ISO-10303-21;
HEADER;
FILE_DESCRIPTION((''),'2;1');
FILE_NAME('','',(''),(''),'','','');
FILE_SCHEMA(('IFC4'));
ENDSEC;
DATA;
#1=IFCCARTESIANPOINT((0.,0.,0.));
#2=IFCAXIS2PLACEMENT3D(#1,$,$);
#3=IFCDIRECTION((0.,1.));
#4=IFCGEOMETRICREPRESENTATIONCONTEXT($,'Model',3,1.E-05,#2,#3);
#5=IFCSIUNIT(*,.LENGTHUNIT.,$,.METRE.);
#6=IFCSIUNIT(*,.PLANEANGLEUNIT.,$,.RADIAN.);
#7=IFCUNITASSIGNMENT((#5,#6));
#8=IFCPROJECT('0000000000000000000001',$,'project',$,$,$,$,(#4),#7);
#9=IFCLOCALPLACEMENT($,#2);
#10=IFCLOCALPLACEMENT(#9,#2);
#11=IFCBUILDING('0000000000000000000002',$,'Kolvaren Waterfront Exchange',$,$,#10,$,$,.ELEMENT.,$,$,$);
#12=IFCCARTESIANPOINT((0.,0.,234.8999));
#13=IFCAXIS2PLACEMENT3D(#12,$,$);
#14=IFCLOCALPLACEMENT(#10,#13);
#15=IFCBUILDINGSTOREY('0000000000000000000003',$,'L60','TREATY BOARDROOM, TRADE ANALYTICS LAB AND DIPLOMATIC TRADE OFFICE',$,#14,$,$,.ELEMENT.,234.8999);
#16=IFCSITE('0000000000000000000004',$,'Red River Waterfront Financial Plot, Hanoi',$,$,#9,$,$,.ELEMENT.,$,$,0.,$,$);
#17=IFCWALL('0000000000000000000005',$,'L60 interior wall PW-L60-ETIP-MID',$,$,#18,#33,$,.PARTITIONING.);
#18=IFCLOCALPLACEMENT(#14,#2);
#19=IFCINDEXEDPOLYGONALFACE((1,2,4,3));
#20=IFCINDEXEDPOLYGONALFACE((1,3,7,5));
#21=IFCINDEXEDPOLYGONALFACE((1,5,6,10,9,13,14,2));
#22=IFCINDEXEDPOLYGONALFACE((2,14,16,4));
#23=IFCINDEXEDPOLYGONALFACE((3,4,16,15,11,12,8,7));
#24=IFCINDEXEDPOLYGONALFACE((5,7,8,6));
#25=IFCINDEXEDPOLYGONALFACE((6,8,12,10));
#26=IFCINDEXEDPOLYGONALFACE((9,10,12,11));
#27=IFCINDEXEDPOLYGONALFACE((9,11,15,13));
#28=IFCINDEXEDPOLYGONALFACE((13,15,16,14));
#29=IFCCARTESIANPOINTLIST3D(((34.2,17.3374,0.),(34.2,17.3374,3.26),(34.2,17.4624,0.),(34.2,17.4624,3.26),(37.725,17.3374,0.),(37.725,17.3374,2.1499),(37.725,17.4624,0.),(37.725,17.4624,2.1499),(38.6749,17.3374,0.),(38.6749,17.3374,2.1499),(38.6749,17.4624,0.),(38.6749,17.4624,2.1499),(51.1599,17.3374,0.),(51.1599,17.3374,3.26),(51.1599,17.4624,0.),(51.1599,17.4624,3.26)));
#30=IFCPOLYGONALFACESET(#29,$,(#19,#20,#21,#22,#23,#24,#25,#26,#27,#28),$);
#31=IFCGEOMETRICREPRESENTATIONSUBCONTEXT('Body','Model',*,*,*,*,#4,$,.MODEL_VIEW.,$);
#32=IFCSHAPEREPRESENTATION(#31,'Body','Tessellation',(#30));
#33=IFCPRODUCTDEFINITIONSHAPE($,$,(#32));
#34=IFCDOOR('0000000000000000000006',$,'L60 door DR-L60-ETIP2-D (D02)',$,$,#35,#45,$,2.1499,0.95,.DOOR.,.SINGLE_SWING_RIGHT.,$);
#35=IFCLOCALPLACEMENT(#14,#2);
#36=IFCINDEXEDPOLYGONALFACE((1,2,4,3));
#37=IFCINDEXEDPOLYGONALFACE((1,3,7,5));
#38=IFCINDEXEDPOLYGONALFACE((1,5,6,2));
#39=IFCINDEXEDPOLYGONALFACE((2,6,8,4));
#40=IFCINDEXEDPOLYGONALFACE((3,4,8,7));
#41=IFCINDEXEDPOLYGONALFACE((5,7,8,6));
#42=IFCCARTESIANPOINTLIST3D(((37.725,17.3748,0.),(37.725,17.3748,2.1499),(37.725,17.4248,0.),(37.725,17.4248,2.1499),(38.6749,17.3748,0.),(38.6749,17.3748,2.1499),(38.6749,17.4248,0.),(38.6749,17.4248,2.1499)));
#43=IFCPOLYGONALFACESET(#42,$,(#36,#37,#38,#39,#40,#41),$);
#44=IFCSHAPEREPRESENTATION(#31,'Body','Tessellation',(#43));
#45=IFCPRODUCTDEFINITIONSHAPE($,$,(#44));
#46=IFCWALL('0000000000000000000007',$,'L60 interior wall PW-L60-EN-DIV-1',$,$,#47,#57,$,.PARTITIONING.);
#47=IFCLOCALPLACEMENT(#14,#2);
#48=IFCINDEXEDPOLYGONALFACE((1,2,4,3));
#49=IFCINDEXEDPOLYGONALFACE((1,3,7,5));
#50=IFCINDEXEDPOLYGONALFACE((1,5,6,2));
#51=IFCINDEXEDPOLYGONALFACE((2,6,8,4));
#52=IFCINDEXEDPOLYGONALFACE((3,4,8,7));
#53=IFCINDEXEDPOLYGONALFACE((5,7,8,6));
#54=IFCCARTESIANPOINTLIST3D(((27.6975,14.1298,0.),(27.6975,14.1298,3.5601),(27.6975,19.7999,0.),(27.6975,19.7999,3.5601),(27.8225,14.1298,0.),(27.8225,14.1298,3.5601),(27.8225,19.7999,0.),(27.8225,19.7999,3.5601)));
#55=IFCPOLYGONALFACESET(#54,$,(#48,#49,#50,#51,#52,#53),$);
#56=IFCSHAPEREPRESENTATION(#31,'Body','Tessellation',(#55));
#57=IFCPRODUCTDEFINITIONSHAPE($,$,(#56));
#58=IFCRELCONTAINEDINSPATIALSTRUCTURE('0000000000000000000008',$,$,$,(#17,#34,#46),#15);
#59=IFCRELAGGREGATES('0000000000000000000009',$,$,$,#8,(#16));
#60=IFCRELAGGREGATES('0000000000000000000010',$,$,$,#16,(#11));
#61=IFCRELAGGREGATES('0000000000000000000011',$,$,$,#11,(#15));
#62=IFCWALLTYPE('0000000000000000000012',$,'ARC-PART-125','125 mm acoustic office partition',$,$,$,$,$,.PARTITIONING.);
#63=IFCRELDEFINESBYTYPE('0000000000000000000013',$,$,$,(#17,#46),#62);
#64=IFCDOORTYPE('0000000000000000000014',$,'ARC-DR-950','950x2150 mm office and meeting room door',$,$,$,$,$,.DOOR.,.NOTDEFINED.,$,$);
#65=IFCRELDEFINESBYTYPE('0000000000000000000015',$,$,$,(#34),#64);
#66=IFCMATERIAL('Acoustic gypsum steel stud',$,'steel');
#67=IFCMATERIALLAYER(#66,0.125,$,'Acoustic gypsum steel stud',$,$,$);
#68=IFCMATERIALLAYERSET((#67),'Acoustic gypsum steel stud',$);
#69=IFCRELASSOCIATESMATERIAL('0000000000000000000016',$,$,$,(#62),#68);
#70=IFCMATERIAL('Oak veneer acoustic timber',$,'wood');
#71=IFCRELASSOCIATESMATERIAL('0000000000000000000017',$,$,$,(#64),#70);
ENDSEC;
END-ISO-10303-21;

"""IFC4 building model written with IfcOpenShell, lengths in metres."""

from ifc_helpers import new_model, si_unit, direction, frame, frame_2d, origin, place, context, subcontext, project, spatial, rectangle, extrude, material, layer, layer_set, type_object, element, fill, save


model = new_model("IFC4")

# Units and contexts
model_context = context("Model", 3, precision=1e-05, world=origin(), true_north=direction((0.0, 1.0)))
body_context = subcontext(model_context, "Body", "Model", "MODEL_VIEW")
ifc_project = project(units=[si_unit("LENGTHUNIT", "METRE"), si_unit("PLANEANGLEUNIT", "RADIAN")], contexts=[model_context])

# Site, building, storey
site_placement = place(None, origin())
site = spatial("IfcSite", under=ifc_project, at=site_placement, Name="Red River Waterfront Financial Plot, Hanoi", CompositionType="ELEMENT", RefElevation=0.0)
building_placement = place(site_placement, origin())
building = spatial("IfcBuilding", under=site, at=building_placement, Name="Kolvaren Waterfront Exchange", CompositionType="ELEMENT")
storey_placement = place(building_placement, frame((0.0, 0.0, 234.8999)))
storey = spatial("IfcBuildingStorey", under=building, at=storey_placement, Name="L60", Description="TREATY BOARDROOM, TRADE ANALYTICS LAB AND DIPLOMATIC TRADE OFFICE", CompositionType="ELEMENT", Elevation=234.8999)

# Wall, opening, door
ifc_material_1 = material(Name="Acoustic gypsum steel stud", Category="steel")
ifc_layer_1 = layer(ifc_material_1, 0.125, Name="Acoustic gypsum steel stud")
ifc_layer_set_1 = layer_set([ifc_layer_1], Name="Acoustic gypsum steel stud")
wall_type_1 = type_object("IfcWallType", Name="ARC-PART-125", Description="125 mm acoustic office partition", PredefinedType="PARTITIONING", material=ifc_layer_set_1)
wall_1_placement = place(storey_placement, frame((34.2, 17.3999, 0.0), z_axis=(0.0, 0.0, 1.0), x_axis=(1.0, 0.0, 0.0)))
wall_1 = element("IfcWall", 1, at=wall_1_placement, inside=storey, type_object=wall_type_1, Name="L60 interior wall PW-L60-ETIP-MID", PredefinedType="PARTITIONING", context=body_context, shape_type="SweptSolid", body=[
    extrude(rectangle(XDim=16.96, YDim=0.125, at=frame_2d((8.48, 0.0))), origin(), (0.0, 0.0, 1.0), 3.26),
])
opening_placement = place(wall_1_placement, frame((3.5249, 0.0, 0.0)))
opening = element("IfcOpeningElement", 2, at=opening_placement, cuts=wall_1, PredefinedType="OPENING", context=body_context, shape_type="SweptSolid", body=[
    extrude(rectangle(XDim=0.95, YDim=2.1499, at=frame_2d((0.4751, 1.075))), frame((0.0, 0.0725, 0.0), z_axis=(0.0, -1.0, 0.0), x_axis=(1.0, 0.0, 0.0)), (0.0, 0.0, 1.0), 0.145),
])
ifc_material_2 = material(Name="Oak veneer acoustic timber", Category="wood")
door_type = type_object("IfcDoorType", Name="ARC-DR-950", Description="950x2150 mm office and meeting room door", OperationType="NOTDEFINED", PredefinedType="DOOR", material=ifc_material_2)
door_placement = place(opening_placement, origin())
door = element("IfcDoor", 3, at=door_placement, inside=storey, type_object=door_type, Name="L60 door DR-L60-ETIP2-D (D02)", OperationType="SINGLE_SWING_RIGHT", OverallHeight=2.1499, OverallWidth=0.95, PredefinedType="DOOR", context=body_context, shape_type="SweptSolid", body=[
    extrude(rectangle(XDim=0.95, YDim=2.1499, at=frame_2d((0.4751, 1.075))), frame((0.0, 0.0249, 0.0), z_axis=(0.0, -1.0, 0.0), x_axis=(1.0, 0.0, 0.0)), (0.0, 0.0, 1.0), 0.05),
])
fill(opening, door)

# Wall
wall_2_placement = place(storey_placement, frame((27.76, 14.1299, 0.0), z_axis=(0.0, 0.0, 1.0), x_axis=(0.0, 1.0, 0.0)))
element("IfcWall", 4, at=wall_2_placement, inside=storey, type_object=wall_type_1, Name="L60 interior wall PW-L60-EN-DIV-1", PredefinedType="PARTITIONING", context=body_context, shape_type="SweptSolid", body=[
    extrude(rectangle(XDim=5.6702, YDim=0.125, at=frame_2d((2.835, 0.0))), origin(), (0.0, 0.0, 1.0), 3.5601),
])

save(model, "model.ifc")
